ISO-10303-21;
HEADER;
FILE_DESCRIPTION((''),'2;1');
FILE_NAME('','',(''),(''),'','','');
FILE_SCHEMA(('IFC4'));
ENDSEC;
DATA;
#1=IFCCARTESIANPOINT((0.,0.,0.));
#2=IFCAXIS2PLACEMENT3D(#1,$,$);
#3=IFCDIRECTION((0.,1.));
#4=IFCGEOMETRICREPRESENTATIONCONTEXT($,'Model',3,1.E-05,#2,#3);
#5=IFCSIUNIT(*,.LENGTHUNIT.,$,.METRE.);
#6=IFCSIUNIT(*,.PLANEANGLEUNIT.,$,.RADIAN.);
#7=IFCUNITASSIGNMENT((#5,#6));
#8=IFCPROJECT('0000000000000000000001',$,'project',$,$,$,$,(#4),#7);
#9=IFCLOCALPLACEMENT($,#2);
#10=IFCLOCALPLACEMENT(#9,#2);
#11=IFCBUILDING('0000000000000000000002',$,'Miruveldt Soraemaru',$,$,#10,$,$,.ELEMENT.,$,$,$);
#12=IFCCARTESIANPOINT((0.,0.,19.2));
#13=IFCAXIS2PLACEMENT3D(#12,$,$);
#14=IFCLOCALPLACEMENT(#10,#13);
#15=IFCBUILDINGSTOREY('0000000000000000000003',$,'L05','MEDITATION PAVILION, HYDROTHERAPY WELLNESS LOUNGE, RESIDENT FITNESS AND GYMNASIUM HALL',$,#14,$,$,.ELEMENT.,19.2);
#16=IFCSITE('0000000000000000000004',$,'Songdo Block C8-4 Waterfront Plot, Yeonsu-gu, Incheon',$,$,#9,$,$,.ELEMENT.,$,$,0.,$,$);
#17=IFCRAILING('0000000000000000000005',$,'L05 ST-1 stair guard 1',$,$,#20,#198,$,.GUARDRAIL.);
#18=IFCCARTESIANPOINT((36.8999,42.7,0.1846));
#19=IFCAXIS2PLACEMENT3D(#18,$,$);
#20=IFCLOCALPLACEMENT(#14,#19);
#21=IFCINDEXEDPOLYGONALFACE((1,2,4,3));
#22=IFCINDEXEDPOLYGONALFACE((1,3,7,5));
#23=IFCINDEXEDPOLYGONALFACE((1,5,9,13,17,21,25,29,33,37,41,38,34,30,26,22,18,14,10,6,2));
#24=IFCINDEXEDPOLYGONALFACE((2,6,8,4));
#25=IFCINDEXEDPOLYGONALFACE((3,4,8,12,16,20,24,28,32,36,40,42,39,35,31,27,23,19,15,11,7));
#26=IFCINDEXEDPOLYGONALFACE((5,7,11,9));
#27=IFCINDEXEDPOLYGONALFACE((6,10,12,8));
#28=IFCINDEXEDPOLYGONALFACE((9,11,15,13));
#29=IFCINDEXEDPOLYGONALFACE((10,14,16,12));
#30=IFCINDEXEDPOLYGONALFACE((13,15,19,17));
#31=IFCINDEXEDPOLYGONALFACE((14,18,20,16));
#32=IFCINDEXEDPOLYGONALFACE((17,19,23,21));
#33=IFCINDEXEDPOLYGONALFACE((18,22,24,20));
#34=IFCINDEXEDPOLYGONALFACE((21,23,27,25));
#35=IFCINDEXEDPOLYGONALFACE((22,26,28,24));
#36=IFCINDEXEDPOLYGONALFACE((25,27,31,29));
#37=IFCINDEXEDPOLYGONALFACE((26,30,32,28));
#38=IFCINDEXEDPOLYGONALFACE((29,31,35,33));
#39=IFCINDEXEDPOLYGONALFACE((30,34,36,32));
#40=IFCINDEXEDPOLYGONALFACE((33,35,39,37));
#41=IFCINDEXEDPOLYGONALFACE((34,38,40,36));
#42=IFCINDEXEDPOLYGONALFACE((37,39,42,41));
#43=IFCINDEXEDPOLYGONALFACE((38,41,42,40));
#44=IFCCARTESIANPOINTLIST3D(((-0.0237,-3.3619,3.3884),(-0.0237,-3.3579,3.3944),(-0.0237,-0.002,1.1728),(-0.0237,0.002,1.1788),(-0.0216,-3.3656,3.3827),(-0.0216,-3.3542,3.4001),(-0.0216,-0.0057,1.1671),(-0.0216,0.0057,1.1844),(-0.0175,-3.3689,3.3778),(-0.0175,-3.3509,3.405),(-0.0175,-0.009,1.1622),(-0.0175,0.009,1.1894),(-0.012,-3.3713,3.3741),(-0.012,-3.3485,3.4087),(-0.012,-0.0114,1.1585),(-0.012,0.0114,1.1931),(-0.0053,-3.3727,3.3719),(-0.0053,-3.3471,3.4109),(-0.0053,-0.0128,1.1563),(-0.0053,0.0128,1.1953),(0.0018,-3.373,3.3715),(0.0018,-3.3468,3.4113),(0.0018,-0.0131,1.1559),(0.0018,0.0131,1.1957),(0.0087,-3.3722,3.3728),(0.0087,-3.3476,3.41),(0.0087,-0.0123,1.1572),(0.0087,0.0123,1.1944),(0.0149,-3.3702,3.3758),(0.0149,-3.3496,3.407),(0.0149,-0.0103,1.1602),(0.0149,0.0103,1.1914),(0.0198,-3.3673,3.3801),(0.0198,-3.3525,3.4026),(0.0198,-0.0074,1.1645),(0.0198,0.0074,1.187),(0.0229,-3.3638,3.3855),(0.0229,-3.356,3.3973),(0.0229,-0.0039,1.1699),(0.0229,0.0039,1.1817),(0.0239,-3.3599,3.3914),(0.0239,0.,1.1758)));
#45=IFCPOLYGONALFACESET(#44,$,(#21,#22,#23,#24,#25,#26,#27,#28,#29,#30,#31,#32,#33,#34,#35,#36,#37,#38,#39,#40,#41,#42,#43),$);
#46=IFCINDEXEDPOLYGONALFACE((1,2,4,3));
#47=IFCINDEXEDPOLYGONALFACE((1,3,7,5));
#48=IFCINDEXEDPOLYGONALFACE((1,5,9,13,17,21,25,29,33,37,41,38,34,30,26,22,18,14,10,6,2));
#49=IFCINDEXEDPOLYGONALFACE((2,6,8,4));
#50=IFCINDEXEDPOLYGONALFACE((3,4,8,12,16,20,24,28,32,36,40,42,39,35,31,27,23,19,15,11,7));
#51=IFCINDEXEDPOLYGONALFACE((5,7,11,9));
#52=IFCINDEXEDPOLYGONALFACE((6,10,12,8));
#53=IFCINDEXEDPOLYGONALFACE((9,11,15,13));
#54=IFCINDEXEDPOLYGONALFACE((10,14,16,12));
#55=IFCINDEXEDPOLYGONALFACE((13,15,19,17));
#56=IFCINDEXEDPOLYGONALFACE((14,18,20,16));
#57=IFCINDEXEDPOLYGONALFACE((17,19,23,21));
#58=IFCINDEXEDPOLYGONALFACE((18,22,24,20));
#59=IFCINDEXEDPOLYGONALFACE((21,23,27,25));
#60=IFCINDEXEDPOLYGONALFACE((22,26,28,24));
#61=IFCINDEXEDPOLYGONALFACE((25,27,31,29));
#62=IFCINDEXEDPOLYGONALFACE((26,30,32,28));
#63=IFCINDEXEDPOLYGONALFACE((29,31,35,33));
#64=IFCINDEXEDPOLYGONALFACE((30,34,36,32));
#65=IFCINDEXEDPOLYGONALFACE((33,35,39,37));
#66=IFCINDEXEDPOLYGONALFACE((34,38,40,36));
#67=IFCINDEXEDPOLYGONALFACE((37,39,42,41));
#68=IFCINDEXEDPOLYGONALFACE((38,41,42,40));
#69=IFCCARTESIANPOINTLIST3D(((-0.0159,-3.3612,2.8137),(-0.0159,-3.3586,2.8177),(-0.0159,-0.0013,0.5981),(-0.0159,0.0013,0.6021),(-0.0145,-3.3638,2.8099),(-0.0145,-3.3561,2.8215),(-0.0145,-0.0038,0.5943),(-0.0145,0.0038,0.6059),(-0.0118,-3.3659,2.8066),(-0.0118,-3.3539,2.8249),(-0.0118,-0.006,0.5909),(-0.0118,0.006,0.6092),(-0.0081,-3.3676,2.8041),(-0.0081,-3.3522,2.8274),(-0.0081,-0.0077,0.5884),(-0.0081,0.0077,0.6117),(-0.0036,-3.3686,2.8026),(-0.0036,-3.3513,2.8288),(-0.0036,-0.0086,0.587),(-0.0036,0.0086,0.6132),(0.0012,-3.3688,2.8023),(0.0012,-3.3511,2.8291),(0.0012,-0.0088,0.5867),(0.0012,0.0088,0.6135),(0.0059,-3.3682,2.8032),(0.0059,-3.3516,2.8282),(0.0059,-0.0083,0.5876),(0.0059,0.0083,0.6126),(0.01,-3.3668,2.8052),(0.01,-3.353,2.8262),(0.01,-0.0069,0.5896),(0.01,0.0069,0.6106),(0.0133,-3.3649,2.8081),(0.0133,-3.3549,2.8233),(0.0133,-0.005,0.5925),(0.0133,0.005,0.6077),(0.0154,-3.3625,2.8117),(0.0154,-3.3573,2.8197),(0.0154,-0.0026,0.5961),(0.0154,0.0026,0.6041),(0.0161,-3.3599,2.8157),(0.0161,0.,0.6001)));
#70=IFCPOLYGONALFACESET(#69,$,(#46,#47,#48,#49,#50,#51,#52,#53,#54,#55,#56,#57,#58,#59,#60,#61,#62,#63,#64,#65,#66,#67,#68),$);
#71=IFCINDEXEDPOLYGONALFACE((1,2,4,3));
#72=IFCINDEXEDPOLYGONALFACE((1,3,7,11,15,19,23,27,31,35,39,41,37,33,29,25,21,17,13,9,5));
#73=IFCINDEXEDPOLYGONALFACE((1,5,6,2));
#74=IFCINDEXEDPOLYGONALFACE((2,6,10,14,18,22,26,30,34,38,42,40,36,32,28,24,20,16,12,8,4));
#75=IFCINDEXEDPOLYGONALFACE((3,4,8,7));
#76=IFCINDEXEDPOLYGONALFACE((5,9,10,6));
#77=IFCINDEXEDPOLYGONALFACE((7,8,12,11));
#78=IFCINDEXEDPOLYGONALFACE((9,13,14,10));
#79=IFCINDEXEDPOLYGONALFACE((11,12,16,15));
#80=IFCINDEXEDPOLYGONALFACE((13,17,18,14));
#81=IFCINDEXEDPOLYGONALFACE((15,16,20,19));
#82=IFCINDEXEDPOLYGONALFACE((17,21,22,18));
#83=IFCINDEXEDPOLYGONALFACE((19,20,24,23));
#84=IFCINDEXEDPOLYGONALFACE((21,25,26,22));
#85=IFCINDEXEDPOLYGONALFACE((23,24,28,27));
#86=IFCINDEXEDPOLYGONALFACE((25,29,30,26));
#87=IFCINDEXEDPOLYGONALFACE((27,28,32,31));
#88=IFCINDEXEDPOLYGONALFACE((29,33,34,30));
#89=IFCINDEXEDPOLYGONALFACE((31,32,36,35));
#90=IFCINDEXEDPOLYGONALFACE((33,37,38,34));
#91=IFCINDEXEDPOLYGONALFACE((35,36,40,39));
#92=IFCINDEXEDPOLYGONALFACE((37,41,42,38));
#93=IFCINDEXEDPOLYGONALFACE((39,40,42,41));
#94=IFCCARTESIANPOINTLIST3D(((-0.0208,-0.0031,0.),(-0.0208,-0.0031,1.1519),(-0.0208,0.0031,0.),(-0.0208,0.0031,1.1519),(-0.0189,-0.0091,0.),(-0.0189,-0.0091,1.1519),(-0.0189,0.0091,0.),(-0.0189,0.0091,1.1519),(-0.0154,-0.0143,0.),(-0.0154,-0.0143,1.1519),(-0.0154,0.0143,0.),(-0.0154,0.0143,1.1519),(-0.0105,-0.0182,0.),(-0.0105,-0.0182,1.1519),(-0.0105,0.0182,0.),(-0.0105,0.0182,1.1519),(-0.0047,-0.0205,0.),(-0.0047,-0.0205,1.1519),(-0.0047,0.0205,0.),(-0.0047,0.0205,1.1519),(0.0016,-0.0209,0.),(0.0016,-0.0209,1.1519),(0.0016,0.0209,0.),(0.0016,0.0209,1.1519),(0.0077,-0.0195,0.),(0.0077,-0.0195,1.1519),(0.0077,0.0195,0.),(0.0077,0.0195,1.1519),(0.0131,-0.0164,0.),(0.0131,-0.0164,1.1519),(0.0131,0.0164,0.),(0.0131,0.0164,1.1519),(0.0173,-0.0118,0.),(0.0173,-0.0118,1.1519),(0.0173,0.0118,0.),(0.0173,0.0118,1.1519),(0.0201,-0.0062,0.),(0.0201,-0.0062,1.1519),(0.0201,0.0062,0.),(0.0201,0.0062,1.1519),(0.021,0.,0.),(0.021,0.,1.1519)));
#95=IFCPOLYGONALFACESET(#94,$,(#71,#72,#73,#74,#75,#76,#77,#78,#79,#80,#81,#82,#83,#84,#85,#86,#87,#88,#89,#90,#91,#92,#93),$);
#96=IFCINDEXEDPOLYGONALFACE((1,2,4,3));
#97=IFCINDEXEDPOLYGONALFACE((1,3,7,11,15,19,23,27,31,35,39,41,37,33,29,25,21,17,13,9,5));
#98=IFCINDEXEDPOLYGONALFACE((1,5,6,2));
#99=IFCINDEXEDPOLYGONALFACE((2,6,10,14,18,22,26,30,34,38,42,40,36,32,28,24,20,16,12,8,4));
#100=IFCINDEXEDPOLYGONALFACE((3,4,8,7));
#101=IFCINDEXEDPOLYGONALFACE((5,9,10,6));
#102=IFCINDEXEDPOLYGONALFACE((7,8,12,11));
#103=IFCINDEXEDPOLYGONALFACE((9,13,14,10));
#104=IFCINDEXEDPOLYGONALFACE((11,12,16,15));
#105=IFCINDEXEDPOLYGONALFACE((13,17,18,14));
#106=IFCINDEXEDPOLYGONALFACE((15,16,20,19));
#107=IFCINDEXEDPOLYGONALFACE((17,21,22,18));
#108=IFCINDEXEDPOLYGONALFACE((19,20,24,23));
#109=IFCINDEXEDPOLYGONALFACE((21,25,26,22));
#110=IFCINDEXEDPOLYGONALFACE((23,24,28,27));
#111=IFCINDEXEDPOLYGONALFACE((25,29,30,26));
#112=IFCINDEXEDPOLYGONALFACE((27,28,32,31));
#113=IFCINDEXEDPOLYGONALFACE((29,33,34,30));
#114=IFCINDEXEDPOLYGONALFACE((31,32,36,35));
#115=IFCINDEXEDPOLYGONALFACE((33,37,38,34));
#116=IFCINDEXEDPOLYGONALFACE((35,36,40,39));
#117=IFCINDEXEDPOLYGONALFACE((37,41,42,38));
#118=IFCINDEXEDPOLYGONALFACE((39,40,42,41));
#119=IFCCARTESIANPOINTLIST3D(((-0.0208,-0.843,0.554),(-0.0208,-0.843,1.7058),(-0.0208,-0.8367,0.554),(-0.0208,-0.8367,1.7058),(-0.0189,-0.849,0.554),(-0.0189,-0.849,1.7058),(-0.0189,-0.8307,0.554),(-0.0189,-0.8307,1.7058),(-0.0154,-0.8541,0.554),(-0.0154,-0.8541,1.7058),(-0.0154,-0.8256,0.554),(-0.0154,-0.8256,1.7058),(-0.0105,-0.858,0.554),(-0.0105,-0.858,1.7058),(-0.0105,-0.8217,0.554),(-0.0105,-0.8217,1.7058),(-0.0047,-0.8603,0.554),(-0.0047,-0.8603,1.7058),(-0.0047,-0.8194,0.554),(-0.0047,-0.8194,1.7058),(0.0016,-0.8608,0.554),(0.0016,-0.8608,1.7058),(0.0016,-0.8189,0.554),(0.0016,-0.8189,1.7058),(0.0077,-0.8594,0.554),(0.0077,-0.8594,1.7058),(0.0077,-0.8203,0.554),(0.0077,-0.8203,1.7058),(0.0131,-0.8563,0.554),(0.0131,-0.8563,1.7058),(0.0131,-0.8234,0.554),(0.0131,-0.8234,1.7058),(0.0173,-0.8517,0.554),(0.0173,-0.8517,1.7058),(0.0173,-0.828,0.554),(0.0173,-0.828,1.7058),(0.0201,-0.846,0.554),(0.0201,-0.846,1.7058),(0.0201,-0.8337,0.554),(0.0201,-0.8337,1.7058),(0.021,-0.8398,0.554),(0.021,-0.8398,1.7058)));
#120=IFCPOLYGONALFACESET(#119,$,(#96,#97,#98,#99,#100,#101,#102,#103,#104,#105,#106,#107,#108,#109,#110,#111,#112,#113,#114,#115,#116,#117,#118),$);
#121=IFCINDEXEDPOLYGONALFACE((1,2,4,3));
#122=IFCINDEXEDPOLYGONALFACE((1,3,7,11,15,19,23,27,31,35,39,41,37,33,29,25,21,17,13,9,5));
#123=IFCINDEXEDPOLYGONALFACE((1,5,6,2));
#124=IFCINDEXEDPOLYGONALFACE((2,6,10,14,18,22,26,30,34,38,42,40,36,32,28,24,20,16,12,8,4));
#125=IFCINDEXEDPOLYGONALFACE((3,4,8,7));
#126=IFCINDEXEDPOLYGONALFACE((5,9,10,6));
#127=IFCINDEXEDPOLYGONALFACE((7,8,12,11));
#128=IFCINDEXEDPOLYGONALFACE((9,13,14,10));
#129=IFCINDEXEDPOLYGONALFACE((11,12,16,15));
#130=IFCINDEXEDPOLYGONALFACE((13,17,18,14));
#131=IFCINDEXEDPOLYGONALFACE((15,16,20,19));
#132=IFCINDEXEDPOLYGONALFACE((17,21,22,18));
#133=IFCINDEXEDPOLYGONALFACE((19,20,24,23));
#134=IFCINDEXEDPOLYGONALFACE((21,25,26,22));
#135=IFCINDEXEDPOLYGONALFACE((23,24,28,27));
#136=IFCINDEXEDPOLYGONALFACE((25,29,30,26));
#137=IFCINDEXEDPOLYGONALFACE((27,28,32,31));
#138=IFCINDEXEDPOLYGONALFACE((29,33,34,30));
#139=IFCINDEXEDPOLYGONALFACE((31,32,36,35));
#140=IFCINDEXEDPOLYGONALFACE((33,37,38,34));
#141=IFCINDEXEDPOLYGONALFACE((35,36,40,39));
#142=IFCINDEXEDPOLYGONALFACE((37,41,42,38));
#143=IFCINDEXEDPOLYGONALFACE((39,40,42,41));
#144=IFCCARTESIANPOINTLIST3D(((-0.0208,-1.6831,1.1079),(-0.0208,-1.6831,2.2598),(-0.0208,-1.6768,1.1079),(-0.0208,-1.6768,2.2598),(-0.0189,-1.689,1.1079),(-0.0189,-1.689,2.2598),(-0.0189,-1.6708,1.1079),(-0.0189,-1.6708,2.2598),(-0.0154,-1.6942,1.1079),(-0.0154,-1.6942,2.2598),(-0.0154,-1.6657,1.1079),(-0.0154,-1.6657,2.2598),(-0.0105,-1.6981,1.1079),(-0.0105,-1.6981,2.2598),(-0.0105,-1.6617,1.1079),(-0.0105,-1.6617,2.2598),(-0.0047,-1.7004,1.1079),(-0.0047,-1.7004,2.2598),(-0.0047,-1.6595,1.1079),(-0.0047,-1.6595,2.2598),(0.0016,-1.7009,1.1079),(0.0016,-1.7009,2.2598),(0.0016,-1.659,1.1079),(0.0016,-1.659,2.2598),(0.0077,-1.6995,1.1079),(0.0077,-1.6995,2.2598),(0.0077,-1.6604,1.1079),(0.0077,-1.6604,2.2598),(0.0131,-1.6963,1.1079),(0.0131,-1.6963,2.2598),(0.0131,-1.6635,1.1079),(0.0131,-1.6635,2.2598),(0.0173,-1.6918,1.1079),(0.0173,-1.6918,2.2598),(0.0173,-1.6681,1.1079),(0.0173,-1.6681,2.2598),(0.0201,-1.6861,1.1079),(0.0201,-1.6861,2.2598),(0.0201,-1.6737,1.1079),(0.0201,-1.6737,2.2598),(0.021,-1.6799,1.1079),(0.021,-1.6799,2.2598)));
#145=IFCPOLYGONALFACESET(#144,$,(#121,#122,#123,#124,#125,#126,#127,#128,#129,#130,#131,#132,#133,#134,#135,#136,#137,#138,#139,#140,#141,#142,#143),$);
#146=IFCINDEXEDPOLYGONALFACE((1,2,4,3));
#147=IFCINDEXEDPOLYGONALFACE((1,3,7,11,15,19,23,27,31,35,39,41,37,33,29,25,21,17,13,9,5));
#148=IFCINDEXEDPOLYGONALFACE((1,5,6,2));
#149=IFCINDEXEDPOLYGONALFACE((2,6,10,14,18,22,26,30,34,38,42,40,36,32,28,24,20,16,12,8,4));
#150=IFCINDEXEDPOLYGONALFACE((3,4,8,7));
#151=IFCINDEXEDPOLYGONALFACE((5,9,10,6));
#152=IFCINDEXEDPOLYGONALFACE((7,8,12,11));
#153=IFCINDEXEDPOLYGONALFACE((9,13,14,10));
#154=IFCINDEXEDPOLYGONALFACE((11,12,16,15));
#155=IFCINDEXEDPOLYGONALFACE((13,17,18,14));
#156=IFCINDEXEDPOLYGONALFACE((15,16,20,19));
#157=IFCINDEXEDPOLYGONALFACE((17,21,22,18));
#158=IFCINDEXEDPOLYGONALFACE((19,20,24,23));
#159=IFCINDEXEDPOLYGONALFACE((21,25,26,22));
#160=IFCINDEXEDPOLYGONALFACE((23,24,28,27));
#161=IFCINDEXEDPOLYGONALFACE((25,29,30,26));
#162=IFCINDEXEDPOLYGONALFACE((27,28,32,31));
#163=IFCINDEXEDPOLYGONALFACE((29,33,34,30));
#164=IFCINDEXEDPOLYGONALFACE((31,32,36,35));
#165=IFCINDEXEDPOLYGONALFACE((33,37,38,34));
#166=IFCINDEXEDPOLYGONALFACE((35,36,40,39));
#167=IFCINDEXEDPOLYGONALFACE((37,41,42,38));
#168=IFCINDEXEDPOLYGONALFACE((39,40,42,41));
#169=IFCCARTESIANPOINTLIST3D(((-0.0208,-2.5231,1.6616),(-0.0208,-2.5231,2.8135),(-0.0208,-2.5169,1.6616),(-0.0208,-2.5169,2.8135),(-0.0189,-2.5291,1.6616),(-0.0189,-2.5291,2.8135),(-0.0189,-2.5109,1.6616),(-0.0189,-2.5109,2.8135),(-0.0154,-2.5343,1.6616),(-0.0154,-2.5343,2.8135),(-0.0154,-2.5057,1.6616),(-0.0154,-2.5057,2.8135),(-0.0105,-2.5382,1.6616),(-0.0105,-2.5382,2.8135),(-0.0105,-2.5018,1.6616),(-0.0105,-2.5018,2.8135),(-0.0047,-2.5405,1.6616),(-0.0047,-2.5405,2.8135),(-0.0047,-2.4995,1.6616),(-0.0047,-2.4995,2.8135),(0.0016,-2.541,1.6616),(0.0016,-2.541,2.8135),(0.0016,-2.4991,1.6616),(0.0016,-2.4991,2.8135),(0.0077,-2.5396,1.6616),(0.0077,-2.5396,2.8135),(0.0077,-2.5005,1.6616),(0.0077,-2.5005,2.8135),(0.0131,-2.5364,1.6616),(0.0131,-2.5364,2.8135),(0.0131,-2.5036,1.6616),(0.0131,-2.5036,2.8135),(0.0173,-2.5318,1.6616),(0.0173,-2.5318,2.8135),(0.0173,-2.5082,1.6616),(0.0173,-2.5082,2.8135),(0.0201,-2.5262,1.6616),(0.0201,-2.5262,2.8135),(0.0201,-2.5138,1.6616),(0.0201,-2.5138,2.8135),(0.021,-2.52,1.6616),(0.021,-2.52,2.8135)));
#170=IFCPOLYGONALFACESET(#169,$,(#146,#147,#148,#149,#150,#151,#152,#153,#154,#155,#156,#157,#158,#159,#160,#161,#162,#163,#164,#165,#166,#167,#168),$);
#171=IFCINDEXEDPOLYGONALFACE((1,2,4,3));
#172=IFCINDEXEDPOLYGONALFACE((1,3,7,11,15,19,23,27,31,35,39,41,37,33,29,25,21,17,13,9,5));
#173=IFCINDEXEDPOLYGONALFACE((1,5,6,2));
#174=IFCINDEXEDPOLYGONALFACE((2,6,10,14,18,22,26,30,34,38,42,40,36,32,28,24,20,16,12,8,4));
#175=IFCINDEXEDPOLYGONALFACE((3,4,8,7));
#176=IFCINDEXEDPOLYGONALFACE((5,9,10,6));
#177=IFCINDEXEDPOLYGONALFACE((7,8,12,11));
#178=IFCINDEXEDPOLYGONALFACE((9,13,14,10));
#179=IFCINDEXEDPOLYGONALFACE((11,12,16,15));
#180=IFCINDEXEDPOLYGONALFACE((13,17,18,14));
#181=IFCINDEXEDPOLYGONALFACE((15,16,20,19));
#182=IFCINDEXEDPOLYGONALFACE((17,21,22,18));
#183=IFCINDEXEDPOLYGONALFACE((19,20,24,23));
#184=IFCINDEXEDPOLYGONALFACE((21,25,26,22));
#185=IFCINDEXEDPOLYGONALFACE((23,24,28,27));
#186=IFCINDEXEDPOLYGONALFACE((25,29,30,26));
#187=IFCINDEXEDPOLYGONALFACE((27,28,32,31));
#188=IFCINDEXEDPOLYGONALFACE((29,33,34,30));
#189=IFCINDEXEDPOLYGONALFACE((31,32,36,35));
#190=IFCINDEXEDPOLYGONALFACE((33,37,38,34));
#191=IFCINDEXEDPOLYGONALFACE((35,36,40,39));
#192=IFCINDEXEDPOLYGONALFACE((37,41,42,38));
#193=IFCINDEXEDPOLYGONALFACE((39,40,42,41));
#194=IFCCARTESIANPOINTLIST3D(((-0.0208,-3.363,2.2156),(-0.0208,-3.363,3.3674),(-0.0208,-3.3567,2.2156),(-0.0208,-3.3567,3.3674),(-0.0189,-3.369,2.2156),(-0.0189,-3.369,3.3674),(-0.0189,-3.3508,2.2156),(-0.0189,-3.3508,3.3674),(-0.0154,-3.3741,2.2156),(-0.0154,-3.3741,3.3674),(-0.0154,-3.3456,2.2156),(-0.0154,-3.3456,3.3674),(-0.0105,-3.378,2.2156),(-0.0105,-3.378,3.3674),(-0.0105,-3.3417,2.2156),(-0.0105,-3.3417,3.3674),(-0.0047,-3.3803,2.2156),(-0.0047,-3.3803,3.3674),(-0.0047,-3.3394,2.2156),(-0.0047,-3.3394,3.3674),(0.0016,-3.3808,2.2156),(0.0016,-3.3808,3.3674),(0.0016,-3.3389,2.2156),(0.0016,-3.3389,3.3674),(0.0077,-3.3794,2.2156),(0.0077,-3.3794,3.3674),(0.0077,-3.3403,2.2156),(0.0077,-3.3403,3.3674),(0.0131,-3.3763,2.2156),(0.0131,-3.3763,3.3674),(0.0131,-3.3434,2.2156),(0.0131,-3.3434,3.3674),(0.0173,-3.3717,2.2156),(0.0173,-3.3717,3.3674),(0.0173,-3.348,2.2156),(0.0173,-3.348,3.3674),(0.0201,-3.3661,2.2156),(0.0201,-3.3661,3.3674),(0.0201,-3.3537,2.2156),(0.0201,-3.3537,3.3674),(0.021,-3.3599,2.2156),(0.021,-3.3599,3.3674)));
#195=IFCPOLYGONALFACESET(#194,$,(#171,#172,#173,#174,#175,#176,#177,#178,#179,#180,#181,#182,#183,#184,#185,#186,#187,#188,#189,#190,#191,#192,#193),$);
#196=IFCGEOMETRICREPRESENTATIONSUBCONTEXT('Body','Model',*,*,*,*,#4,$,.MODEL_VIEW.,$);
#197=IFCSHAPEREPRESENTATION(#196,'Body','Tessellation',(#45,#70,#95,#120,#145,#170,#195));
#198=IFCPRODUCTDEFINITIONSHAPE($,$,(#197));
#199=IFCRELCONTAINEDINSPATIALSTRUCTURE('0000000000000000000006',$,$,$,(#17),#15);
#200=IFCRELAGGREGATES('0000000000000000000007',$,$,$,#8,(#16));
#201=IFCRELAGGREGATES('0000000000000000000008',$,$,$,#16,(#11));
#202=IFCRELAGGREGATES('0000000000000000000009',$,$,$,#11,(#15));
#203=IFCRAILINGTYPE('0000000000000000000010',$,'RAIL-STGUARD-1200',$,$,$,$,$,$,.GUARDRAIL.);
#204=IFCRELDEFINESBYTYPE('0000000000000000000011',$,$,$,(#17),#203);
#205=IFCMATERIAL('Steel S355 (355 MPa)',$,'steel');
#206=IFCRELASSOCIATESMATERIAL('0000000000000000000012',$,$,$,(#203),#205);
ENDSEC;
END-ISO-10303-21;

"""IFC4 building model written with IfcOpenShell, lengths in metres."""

from ifc_helpers import new_model, si_unit, direction, frame, origin, origin_2d, place, context, subcontext, project, spatial, circle, extrude, material, type_object, element, save


model = new_model("IFC4")

# Units and contexts
model_context = context("Model", 3, precision=1e-05, world=origin(), true_north=direction((0.0, 1.0)))
body_context = subcontext(model_context, "Body", "Model", "MODEL_VIEW")
ifc_project = project(units=[si_unit("LENGTHUNIT", "METRE"), si_unit("PLANEANGLEUNIT", "RADIAN")], contexts=[model_context])

# Site, building, storey
site_placement = place(None, origin())
site = spatial("IfcSite", under=ifc_project, at=site_placement, Name="Songdo Block C8-4 Waterfront Plot, Yeonsu-gu, Incheon", CompositionType="ELEMENT", RefElevation=0.0)
building_placement = place(site_placement, origin())
building = spatial("IfcBuilding", under=site, at=building_placement, Name="Miruveldt Soraemaru", CompositionType="ELEMENT")
storey_placement = place(building_placement, frame((0.0, 0.0, 19.2)))
storey = spatial("IfcBuildingStorey", under=building, at=storey_placement, Name="L05", Description="MEDITATION PAVILION, HYDROTHERAPY WELLNESS LOUNGE, RESIDENT FITNESS AND GYMNASIUM HALL", CompositionType="ELEMENT", Elevation=19.2)

# Railing
ifc_material_1 = material(Name="Steel S355 (355 MPa)", Category="steel")
railing_type_1 = type_object("IfcRailingType", Name="RAIL-STGUARD-1200", PredefinedType="GUARDRAIL", material=ifc_material_1)
railing_1_placement = place(storey_placement, frame((36.8999, 42.7, 0.1846)))
element("IfcRailing", 1, at=railing_1_placement, inside=storey, type_object=railing_type_1, Name="L05 ST-1 stair guard 1", PredefinedType="GUARDRAIL", context=body_context, shape_type="SweptSolid", body=[
    extrude(circle(Radius=0.0239, at=origin_2d()), frame((0.0, 0.0, 1.1758), z_axis=(0.0, -0.83483, 0.550508), x_axis=(1.0, 0.0, 0.0)), (0.0, 0.0, 1.0), 4.0247),
    extrude(circle(Radius=0.0161, at=origin_2d()), frame((0.0, 0.0, 0.6001), z_axis=(0.0, -0.83483, 0.550508), x_axis=(1.0, 0.0, 0.0)), (0.0, 0.0, 1.0), 4.0247),
    extrude(circle(Radius=0.021, at=origin_2d()), origin(), (0.0, 0.0, 1.0), 1.1519),
    extrude(circle(Radius=0.021, at=origin_2d()), frame((0.0, -0.8398, 0.554)), (0.0, 0.0, 1.0), 1.1519),
    extrude(circle(Radius=0.021, at=origin_2d()), frame((0.0, -1.6799, 1.1079)), (0.0, 0.0, 1.0), 1.1519),
    extrude(circle(Radius=0.021, at=origin_2d()), frame((0.0, -2.52, 1.6616)), (0.0, 0.0, 1.0), 1.1519),
    extrude(circle(Radius=0.021, at=origin_2d()), frame((0.0, -3.3599, 2.2156)), (0.0, 0.0, 1.0), 1.1519),
])

save(model, "model.ifc")
